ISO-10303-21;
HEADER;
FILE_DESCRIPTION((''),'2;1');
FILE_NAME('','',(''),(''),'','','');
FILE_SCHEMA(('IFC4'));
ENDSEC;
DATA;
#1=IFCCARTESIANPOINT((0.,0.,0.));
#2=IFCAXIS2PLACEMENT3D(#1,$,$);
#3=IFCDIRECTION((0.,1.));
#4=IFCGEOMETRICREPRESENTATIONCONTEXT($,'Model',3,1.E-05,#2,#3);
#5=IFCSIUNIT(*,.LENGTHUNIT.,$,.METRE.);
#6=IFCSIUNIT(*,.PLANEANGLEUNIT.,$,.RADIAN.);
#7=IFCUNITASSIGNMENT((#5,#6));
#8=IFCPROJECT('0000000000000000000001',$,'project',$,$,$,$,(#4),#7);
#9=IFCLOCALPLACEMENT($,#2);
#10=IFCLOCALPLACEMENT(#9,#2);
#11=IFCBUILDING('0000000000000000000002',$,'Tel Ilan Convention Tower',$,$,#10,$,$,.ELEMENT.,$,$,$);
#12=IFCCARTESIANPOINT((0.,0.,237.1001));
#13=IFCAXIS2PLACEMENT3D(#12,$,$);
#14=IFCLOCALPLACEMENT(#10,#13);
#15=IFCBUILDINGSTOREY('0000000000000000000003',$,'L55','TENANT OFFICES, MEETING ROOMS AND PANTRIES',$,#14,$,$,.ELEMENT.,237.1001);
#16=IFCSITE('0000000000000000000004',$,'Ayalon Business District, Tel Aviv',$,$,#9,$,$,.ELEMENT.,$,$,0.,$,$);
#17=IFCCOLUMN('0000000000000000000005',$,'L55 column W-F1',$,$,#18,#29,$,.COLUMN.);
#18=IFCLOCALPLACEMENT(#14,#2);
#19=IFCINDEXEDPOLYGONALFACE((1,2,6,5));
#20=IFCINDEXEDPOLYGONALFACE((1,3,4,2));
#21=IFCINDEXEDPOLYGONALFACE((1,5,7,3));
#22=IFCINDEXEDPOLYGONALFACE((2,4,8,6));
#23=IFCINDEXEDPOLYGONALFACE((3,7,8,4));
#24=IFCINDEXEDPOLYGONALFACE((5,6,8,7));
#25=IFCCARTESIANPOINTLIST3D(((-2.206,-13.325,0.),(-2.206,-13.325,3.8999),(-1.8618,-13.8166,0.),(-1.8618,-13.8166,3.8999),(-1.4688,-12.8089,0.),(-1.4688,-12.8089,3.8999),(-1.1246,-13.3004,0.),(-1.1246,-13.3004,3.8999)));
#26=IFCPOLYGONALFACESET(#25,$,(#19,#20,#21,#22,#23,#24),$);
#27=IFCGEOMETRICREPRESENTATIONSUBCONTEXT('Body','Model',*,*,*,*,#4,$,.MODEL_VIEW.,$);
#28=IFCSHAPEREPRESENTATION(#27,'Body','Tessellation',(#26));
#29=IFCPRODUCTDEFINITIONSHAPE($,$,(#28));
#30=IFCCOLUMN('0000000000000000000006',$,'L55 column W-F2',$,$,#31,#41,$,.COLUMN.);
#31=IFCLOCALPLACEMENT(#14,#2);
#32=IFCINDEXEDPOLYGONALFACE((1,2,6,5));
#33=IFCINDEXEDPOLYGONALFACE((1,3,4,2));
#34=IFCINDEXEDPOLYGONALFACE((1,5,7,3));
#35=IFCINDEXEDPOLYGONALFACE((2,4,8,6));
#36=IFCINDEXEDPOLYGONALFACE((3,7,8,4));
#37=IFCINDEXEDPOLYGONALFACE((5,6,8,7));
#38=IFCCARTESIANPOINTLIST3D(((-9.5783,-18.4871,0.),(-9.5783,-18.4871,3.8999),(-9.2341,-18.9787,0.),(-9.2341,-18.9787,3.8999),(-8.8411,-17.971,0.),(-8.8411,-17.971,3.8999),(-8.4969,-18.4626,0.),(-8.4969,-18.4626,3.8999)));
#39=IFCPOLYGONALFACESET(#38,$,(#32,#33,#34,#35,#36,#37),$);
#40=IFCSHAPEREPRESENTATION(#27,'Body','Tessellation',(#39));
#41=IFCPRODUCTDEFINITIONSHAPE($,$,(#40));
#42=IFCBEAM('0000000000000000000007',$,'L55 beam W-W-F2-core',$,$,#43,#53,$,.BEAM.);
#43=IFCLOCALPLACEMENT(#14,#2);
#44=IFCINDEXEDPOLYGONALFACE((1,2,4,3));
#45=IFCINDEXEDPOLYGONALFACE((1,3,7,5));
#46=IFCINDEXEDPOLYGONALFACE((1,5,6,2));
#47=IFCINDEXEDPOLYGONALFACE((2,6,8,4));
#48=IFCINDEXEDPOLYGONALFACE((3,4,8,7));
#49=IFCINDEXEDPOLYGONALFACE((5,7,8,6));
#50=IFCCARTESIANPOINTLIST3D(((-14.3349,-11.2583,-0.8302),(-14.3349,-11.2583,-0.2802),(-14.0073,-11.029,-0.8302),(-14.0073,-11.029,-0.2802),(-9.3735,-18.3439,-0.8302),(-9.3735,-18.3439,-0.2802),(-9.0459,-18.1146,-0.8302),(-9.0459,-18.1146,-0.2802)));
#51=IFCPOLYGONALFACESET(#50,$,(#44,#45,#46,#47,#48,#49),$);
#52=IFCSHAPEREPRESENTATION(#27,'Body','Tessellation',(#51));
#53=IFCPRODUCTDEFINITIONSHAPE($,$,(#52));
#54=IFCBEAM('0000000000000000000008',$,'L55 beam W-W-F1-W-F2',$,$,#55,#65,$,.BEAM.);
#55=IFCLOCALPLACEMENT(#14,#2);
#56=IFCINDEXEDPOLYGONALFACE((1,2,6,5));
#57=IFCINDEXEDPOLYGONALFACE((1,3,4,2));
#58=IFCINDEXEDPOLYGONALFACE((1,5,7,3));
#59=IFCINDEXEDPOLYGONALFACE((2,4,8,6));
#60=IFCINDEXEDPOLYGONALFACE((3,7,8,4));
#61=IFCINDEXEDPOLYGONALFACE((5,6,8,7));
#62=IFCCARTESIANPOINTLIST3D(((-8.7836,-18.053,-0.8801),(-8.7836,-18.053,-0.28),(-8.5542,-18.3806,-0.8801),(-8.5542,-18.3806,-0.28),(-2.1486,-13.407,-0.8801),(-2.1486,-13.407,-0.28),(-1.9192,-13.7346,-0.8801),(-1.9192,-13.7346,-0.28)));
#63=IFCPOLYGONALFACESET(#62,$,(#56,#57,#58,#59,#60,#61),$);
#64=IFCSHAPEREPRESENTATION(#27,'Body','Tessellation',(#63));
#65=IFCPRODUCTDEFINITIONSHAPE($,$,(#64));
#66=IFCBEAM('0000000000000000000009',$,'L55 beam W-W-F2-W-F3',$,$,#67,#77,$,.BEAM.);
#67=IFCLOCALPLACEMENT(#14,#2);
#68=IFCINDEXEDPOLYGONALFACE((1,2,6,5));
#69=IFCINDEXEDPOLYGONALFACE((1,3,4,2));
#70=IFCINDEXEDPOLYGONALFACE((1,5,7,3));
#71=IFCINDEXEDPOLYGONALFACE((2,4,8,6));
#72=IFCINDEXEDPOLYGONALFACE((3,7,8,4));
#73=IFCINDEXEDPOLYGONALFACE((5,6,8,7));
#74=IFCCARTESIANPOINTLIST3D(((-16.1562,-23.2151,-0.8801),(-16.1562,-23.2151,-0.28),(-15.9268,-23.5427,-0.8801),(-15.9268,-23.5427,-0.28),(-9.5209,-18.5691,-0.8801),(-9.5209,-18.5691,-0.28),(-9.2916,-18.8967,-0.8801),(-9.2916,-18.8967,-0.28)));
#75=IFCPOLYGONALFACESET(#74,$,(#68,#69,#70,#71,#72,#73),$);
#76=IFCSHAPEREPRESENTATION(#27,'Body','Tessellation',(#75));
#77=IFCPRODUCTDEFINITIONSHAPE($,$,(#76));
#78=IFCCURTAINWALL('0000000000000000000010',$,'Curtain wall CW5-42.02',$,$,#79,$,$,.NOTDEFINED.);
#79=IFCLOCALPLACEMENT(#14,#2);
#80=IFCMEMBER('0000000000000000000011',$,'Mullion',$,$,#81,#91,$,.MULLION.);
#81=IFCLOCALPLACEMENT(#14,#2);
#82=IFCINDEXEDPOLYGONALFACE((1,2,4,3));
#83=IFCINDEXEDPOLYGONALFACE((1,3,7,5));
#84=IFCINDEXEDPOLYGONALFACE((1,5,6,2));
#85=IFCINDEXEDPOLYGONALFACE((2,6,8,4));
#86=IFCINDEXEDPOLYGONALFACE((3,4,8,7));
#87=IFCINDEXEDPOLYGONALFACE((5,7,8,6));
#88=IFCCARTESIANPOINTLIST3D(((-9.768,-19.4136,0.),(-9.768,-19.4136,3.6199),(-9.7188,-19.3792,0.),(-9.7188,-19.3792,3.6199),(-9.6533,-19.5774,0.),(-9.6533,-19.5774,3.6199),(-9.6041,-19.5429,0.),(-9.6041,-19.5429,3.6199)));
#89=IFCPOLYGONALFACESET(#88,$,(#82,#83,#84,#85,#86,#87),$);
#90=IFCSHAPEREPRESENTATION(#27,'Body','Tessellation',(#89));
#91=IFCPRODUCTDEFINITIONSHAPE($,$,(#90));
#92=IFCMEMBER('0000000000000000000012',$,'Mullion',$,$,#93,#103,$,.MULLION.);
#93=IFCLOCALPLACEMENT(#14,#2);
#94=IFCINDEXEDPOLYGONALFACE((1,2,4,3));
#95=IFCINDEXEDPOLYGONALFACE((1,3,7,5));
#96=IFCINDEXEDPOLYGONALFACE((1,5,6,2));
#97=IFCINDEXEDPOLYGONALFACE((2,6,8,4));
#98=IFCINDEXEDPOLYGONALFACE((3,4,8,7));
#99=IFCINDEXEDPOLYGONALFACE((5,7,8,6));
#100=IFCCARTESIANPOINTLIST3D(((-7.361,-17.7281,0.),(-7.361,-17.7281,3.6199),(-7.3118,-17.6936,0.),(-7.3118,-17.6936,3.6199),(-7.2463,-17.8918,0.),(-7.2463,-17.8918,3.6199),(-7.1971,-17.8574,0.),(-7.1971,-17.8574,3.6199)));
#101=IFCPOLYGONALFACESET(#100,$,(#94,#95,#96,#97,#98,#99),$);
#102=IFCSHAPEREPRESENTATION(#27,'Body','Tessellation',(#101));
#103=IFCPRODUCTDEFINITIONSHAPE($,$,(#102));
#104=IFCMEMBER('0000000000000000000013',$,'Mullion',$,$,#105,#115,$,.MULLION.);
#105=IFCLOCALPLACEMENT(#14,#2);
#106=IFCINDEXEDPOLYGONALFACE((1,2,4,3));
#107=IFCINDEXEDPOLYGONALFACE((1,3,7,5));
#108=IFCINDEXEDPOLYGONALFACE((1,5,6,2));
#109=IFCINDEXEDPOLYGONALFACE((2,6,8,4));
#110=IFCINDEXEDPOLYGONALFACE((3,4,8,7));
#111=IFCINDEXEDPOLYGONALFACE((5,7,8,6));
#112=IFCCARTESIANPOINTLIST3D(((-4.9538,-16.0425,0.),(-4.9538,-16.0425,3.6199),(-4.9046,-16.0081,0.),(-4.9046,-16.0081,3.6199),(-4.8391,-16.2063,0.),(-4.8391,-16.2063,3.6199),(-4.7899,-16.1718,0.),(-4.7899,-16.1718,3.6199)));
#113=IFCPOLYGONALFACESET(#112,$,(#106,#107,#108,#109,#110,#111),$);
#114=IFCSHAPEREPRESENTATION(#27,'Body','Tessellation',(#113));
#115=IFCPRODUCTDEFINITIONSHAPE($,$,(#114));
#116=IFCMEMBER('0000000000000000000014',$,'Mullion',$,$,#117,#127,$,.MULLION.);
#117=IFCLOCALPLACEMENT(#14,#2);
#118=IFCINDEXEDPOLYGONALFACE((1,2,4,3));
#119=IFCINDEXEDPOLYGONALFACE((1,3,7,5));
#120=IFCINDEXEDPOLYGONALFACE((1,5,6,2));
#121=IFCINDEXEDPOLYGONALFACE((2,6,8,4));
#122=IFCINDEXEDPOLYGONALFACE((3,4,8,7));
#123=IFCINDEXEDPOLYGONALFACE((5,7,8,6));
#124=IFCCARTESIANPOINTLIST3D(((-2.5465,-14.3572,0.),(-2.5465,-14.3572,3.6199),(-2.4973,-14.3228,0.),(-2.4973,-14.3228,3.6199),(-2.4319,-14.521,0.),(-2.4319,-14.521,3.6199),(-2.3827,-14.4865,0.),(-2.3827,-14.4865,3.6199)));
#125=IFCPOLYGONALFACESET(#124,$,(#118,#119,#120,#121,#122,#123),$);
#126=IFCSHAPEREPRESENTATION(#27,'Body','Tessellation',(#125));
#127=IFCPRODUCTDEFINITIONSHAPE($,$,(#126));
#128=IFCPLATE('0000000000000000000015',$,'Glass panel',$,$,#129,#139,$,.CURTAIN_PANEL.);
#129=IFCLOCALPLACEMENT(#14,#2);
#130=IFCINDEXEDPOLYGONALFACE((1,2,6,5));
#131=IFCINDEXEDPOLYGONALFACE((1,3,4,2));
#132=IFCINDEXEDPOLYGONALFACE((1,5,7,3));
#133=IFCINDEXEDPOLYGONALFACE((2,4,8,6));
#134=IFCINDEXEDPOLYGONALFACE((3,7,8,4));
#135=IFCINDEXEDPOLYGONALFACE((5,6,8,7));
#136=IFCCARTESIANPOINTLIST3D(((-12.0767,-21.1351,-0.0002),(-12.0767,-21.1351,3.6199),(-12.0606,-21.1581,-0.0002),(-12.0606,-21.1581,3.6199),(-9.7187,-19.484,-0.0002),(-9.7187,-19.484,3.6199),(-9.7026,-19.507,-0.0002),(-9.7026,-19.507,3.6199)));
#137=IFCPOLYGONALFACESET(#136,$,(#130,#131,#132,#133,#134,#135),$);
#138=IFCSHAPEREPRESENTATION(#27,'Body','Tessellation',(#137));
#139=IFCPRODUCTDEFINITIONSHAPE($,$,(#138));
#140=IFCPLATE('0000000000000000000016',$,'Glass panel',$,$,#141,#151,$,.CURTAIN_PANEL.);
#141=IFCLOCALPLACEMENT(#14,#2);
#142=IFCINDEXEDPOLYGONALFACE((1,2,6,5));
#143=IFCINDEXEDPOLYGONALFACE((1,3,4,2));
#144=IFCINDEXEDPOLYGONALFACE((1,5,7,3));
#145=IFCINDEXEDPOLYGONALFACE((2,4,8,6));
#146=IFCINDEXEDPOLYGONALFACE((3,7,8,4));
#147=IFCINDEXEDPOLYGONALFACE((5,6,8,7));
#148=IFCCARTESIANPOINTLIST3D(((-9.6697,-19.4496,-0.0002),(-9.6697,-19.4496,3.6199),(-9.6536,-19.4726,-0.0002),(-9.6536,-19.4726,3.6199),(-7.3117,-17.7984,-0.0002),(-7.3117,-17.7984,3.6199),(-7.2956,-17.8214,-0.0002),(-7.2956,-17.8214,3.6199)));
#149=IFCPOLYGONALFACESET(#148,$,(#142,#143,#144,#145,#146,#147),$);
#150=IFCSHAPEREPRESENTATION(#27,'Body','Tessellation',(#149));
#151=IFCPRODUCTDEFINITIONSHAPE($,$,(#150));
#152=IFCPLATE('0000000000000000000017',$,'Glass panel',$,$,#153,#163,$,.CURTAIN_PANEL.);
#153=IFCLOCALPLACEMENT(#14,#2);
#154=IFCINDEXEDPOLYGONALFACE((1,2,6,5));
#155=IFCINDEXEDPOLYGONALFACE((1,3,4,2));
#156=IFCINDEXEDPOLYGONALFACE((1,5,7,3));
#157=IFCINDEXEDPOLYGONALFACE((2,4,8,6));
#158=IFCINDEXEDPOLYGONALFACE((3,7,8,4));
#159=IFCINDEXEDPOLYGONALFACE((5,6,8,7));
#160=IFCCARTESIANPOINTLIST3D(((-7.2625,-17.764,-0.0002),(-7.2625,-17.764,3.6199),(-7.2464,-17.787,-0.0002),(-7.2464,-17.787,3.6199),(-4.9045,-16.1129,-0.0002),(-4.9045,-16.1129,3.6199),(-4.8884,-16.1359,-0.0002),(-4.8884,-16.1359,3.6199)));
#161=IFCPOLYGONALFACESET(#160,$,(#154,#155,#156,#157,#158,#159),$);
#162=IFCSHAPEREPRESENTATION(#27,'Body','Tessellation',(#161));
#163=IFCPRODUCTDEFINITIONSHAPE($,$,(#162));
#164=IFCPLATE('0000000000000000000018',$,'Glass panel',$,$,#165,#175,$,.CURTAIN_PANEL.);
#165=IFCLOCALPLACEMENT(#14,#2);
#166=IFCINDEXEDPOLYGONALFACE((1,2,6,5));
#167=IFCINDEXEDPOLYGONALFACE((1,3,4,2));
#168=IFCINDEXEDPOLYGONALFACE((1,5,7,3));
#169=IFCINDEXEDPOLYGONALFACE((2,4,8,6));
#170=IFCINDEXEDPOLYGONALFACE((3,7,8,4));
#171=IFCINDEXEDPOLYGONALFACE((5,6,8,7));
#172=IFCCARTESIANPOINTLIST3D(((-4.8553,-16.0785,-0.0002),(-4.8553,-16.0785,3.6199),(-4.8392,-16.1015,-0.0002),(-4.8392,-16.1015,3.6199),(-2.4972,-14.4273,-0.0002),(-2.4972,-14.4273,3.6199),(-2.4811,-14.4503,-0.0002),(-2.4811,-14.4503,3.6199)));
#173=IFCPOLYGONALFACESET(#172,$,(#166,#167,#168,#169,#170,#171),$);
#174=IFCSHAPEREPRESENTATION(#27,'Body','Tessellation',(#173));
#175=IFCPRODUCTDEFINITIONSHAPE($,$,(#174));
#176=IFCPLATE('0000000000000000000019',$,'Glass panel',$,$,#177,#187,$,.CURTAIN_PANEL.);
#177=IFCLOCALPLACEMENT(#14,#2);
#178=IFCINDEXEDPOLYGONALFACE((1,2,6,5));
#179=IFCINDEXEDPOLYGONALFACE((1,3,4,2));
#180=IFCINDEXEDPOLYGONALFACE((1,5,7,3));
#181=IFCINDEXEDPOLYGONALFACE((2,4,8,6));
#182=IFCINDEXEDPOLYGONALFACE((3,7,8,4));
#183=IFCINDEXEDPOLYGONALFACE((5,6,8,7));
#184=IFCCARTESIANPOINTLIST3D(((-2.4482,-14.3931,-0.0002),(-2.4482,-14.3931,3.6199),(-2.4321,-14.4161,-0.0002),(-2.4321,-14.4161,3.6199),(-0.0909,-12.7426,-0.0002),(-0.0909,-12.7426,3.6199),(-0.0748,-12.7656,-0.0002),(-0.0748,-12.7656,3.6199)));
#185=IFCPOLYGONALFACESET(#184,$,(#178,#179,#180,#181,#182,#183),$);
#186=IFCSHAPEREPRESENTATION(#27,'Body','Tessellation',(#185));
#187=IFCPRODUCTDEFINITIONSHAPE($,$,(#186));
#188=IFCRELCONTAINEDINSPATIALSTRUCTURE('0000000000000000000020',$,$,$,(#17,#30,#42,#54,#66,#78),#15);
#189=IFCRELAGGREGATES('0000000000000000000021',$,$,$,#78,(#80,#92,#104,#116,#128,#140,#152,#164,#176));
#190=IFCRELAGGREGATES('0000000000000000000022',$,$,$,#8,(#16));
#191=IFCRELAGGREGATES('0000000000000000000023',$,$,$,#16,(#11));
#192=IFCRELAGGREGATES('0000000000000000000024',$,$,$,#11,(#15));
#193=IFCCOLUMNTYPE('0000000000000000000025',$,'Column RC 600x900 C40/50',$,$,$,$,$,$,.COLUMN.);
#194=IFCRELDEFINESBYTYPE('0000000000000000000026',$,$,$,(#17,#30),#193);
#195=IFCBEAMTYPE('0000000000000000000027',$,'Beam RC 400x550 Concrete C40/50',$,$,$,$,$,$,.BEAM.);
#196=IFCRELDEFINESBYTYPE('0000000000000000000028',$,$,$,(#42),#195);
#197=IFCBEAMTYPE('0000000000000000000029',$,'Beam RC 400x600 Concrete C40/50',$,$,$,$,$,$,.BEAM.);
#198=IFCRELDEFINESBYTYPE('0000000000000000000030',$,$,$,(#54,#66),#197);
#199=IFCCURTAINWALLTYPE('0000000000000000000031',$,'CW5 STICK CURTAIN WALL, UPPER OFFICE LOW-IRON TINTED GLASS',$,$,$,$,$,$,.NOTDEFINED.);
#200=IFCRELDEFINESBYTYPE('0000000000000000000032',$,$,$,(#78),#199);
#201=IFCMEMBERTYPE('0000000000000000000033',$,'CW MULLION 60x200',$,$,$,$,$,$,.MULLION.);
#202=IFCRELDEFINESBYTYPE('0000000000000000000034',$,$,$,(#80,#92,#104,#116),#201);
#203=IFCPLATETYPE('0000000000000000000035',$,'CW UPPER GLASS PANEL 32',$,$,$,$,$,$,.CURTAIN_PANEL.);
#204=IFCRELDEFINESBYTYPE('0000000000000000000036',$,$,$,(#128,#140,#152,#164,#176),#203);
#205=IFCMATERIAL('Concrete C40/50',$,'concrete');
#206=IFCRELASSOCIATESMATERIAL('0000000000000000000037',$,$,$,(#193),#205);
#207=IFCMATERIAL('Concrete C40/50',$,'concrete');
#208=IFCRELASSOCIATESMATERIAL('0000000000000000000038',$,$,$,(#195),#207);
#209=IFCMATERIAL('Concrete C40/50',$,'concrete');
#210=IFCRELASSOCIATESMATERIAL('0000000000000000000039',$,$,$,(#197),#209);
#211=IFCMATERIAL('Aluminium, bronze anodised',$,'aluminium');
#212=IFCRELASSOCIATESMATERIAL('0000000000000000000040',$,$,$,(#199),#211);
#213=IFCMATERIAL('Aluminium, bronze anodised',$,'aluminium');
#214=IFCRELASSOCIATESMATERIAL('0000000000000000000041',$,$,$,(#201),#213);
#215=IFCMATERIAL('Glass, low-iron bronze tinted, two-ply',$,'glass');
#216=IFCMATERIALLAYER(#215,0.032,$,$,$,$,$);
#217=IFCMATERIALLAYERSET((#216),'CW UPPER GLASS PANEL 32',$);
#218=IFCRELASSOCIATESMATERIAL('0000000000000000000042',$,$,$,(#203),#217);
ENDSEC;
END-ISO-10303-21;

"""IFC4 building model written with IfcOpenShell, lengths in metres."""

from ifc_helpers import new_model, si_unit, direction, frame, origin, origin_2d, place, context, subcontext, project, spatial, rectangle, extrude, material, layer, layer_set, material_profile, profile_set, type_object, element, aggregate, save


model = new_model("IFC4")

# Units and contexts
model_context = context("Model", 3, precision=1e-05, world=origin(), true_north=direction((0.0, 1.0)))
body_context = subcontext(model_context, "Body", "Model", "MODEL_VIEW")
ifc_project = project(units=[si_unit("LENGTHUNIT", "METRE"), si_unit("PLANEANGLEUNIT", "RADIAN")], contexts=[model_context])

# Site, building, storey
site_placement = place(None, origin())
site = spatial("IfcSite", under=ifc_project, at=site_placement, Name="Ayalon Business District, Tel Aviv", CompositionType="ELEMENT", RefElevation=0.0)
building_placement = place(site_placement, origin())
building = spatial("IfcBuilding", under=site, at=building_placement, Name="Tel Ilan Convention Tower", CompositionType="ELEMENT")
storey_placement = place(building_placement, frame((0.0, 0.0, 237.1001)))
storey = spatial("IfcBuildingStorey", under=building, at=storey_placement, Name="L55", Description="TENANT OFFICES, MEETING ROOMS AND PANTRIES", CompositionType="ELEMENT", Elevation=237.1001)

# Columns
ifc_material_1 = material(Name="Concrete C40/50", Category="concrete")
ifc_material_profile_1 = material_profile(ifc_material_1, rectangle(XDim=0.8999, YDim=0.6001, at=origin_2d()), Name="RC 600x900")
ifc_profile_set_1 = profile_set([ifc_material_profile_1], Name="Concrete C40/50")
column_type = type_object("IfcColumnType", Name="Column RC 600x900 C40/50", PredefinedType="COLUMN", material=ifc_profile_set_1)
for number, where, z_axis, x_axis, name in (
    (1, (-1.6653, -13.3127, 0.0), (0.0, 0.0, 1.0), (-0.819152, -0.573576, 0.0), "L55 column W-F1"),
    (2, (-9.0376, -18.4749, 0.0), (0.0, 0.0, 1.0), (-0.819152, -0.573576, 0.0), "L55 column W-F2"),
):
    element("IfcColumn", number, at=place(storey_placement, frame(where, z_axis=z_axis, x_axis=x_axis)), inside=storey, type_object=column_type, Name=name, PredefinedType="COLUMN", context=body_context, shape_type="SweptSolid", body=[
        extrude(rectangle(XDim=0.8999, YDim=0.6001, at=origin_2d()), origin(), (0.0, 0.0, 1.0), 3.8999),
    ])

# Beams
ifc_material_2 = material(Name="Concrete C40/50", Category="concrete")
ifc_material_profile_2 = material_profile(ifc_material_2, rectangle(XDim=0.3999, YDim=0.55, at=origin_2d()), Name="RC 400x550")
ifc_profile_set_2 = profile_set([ifc_material_profile_2], Name="Concrete C40/50")
beam_type_1 = type_object("IfcBeamType", Name="Beam RC 400x550 Concrete C40/50", PredefinedType="BEAM", material=ifc_profile_set_2)
beam_1_placement = place(storey_placement, frame((-9.2097, -18.2292, -0.5552), z_axis=(-0.573574, 0.819154, 0.0), x_axis=(-0.819154, -0.573574, 0.0)))
element("IfcBeam", 3, at=beam_1_placement, inside=storey, type_object=beam_type_1, Name="L55 beam W-W-F2-core", PredefinedType="BEAM", context=body_context, shape_type="SweptSolid", body=[
    extrude(rectangle(XDim=0.3999, YDim=0.55, at=origin_2d()), origin(), (0.0, 0.0, 1.0), 8.6499),
])
ifc_material_3 = material(Name="Concrete C40/50", Category="concrete")
ifc_material_profile_3 = material_profile(ifc_material_3, rectangle(XDim=0.3999, YDim=0.6001, at=origin_2d()), Name="RC 400x600")
ifc_profile_set_3 = profile_set([ifc_material_profile_3], Name="Concrete C40/50")
beam_type_2 = type_object("IfcBeamType", Name="Beam RC 400x600 Concrete C40/50", PredefinedType="BEAM", material=ifc_profile_set_3)
beam_2_placement = place(storey_placement, frame((-2.0339, -13.5708, -0.5801), z_axis=(-0.819146, -0.573586, 0.0), x_axis=(0.573586, -0.819146, 0.0)))
element("IfcBeam", 4, at=beam_2_placement, inside=storey, type_object=beam_type_2, Name="L55 beam W-W-F1-W-F2", PredefinedType="BEAM", context=body_context, shape_type="SweptSolid", body=[
    extrude(rectangle(XDim=0.3999, YDim=0.6001, at=origin_2d()), origin(), (0.0, 0.0, 1.0), 8.0999),
])
beam_3_placement = place(storey_placement, frame((-9.4062, -18.7329, -0.5801), z_axis=(-0.819155, -0.573572, 0.0), x_axis=(0.573572, -0.819155, 0.0)))
element("IfcBeam", 5, at=beam_3_placement, inside=storey, type_object=beam_type_2, Name="L55 beam W-W-F2-W-F3", PredefinedType="BEAM", context=body_context, shape_type="SweptSolid", body=[
    extrude(rectangle(XDim=0.3999, YDim=0.6001, at=origin_2d()), origin(), (0.0, 0.0, 1.0), 8.1001),
])

# Curtain wall, members, plates
ifc_material_4 = material(Name="Aluminium, bronze anodised", Category="aluminium")
curtain_wall_type = type_object("IfcCurtainWallType", Name="CW5 STICK CURTAIN WALL, UPPER OFFICE LOW-IRON TINTED GLASS", PredefinedType="NOTDEFINED", material=ifc_material_4)
curtain_wall_placement = place(storey_placement, origin())
curtain_wall = element("IfcCurtainWall", 6, at=curtain_wall_placement, inside=storey, type_object=curtain_wall_type, Name="Curtain wall CW5-42.02", PredefinedType="NOTDEFINED")
ifc_material_5 = material(Name="Aluminium, bronze anodised", Category="aluminium")
ifc_material_profile_4 = material_profile(ifc_material_5, rectangle(XDim=0.0601, YDim=0.2, at=origin_2d()), Name="CW MULLION 60x200")
ifc_profile_set_4 = profile_set([ifc_material_profile_4], Name="Aluminium, bronze anodised")
member_type = type_object("IfcMemberType", Name="CW MULLION 60x200", PredefinedType="MULLION", material=ifc_profile_set_4)
member_1_placement = place(storey_placement, frame((-9.686, -19.4783, 0.0), z_axis=(0.0, 0.0, 1.0), x_axis=(0.819152, 0.573576, 0.0)))
member_1 = element("IfcMember", 7, at=member_1_placement, type_object=member_type, Name="Mullion", PredefinedType="MULLION", context=body_context, shape_type="SweptSolid", body=[
    extrude(rectangle(XDim=0.0601, YDim=0.2, at=origin_2d()), origin(), (0.0, 0.0, 1.0), 3.6199),
])
member_2_placement = place(storey_placement, frame((-7.2791, -17.7927, 0.0), z_axis=(0.0, 0.0, 1.0), x_axis=(0.819152, 0.573576, 0.0)))
member_2 = element("IfcMember", 8, at=member_2_placement, type_object=member_type, Name="Mullion", PredefinedType="MULLION", context=body_context, shape_type="SweptSolid", body=[
    extrude(rectangle(XDim=0.0601, YDim=0.2, at=origin_2d()), origin(), (0.0, 0.0, 1.0), 3.6199),
])
member_3_placement = place(storey_placement, frame((-4.8718, -16.1072, 0.0), z_axis=(0.0, 0.0, 1.0), x_axis=(0.819152, 0.573576, 0.0)))
member_3 = element("IfcMember", 9, at=member_3_placement, type_object=member_type, Name="Mullion", PredefinedType="MULLION", context=body_context, shape_type="SweptSolid", body=[
    extrude(rectangle(XDim=0.0601, YDim=0.2, at=origin_2d()), origin(), (0.0, 0.0, 1.0), 3.6199),
])
member_4_placement = place(storey_placement, frame((-2.4646, -14.4219, 0.0), z_axis=(0.0, 0.0, 1.0), x_axis=(0.819152, 0.573576, 0.0)))
member_4 = element("IfcMember", 10, at=member_4_placement, type_object=member_type, Name="Mullion", PredefinedType="MULLION", context=body_context, shape_type="SweptSolid", body=[
    extrude(rectangle(XDim=0.0601, YDim=0.2, at=origin_2d()), origin(), (0.0, 0.0, 1.0), 3.6199),
])
ifc_material_6 = material(Name="Glass, low-iron bronze tinted, two-ply", Category="glass")
ifc_layer_1 = layer(ifc_material_6, 0.032)
ifc_layer_set_1 = layer_set([ifc_layer_1], Name="CW UPPER GLASS PANEL 32")
plate_type = type_object("IfcPlateType", Name="CW UPPER GLASS PANEL 32", PredefinedType="CURTAIN_PANEL", material=ifc_layer_set_1)
plate_1_placement = place(storey_placement, frame((-10.8896, -20.321, -0.0002), z_axis=(0.0, 0.0, 1.0), x_axis=(0.819152, 0.573576, 0.0)))
plate_1 = element("IfcPlate", 11, at=plate_1_placement, type_object=plate_type, Name="Glass panel", PredefinedType="CURTAIN_PANEL", context=body_context, shape_type="SweptSolid", body=[
    extrude(rectangle(XDim=2.8787, YDim=0.0281, at=origin_2d()), origin(), (0.0, 0.0, 1.0), 3.6201),
])
plate_2_placement = place(storey_placement, frame((-8.4827, -18.6355, -0.0002), z_axis=(0.0, 0.0, 1.0), x_axis=(0.819152, 0.573576, 0.0)))
plate_2 = element("IfcPlate", 12, at=plate_2_placement, type_object=plate_type, Name="Glass panel", PredefinedType="CURTAIN_PANEL", context=body_context, shape_type="SweptSolid", body=[
    extrude(rectangle(XDim=2.8787, YDim=0.0281, at=origin_2d()), origin(), (0.0, 0.0, 1.0), 3.6201),
])
plate_3_placement = place(storey_placement, frame((-6.0754, -16.95, -0.0002), z_axis=(0.0, 0.0, 1.0), x_axis=(0.819152, 0.573576, 0.0)))
plate_3 = element("IfcPlate", 13, at=plate_3_placement, type_object=plate_type, Name="Glass panel", PredefinedType="CURTAIN_PANEL", context=body_context, shape_type="SweptSolid", body=[
    extrude(rectangle(XDim=2.8787, YDim=0.0281, at=origin_2d()), origin(), (0.0, 0.0, 1.0), 3.6201),
])
plate_4_placement = place(storey_placement, frame((-3.6682, -15.2644, -0.0002), z_axis=(0.0, 0.0, 1.0), x_axis=(0.819152, 0.573576, 0.0)))
plate_4 = element("IfcPlate", 14, at=plate_4_placement, type_object=plate_type, Name="Glass panel", PredefinedType="CURTAIN_PANEL", context=body_context, shape_type="SweptSolid", body=[
    extrude(rectangle(XDim=2.8787, YDim=0.0281, at=origin_2d()), origin(), (0.0, 0.0, 1.0), 3.6201),
])
plate_5_placement = place(storey_placement, frame((-1.2615, -13.5793, -0.0002), z_axis=(0.0, 0.0, 1.0), x_axis=(0.819152, 0.573576, 0.0)))
plate_5 = element("IfcPlate", 15, at=plate_5_placement, type_object=plate_type, Name="Glass panel", PredefinedType="CURTAIN_PANEL", context=body_context, shape_type="SweptSolid", body=[
    extrude(rectangle(XDim=2.8777, YDim=0.0281, at=origin_2d()), origin(), (0.0, 0.0, 1.0), 3.6201),
])
aggregate(curtain_wall, [member_1, member_2, member_3, member_4, plate_1, plate_2, plate_3, plate_4, plate_5])

save(model, "model.ifc")
